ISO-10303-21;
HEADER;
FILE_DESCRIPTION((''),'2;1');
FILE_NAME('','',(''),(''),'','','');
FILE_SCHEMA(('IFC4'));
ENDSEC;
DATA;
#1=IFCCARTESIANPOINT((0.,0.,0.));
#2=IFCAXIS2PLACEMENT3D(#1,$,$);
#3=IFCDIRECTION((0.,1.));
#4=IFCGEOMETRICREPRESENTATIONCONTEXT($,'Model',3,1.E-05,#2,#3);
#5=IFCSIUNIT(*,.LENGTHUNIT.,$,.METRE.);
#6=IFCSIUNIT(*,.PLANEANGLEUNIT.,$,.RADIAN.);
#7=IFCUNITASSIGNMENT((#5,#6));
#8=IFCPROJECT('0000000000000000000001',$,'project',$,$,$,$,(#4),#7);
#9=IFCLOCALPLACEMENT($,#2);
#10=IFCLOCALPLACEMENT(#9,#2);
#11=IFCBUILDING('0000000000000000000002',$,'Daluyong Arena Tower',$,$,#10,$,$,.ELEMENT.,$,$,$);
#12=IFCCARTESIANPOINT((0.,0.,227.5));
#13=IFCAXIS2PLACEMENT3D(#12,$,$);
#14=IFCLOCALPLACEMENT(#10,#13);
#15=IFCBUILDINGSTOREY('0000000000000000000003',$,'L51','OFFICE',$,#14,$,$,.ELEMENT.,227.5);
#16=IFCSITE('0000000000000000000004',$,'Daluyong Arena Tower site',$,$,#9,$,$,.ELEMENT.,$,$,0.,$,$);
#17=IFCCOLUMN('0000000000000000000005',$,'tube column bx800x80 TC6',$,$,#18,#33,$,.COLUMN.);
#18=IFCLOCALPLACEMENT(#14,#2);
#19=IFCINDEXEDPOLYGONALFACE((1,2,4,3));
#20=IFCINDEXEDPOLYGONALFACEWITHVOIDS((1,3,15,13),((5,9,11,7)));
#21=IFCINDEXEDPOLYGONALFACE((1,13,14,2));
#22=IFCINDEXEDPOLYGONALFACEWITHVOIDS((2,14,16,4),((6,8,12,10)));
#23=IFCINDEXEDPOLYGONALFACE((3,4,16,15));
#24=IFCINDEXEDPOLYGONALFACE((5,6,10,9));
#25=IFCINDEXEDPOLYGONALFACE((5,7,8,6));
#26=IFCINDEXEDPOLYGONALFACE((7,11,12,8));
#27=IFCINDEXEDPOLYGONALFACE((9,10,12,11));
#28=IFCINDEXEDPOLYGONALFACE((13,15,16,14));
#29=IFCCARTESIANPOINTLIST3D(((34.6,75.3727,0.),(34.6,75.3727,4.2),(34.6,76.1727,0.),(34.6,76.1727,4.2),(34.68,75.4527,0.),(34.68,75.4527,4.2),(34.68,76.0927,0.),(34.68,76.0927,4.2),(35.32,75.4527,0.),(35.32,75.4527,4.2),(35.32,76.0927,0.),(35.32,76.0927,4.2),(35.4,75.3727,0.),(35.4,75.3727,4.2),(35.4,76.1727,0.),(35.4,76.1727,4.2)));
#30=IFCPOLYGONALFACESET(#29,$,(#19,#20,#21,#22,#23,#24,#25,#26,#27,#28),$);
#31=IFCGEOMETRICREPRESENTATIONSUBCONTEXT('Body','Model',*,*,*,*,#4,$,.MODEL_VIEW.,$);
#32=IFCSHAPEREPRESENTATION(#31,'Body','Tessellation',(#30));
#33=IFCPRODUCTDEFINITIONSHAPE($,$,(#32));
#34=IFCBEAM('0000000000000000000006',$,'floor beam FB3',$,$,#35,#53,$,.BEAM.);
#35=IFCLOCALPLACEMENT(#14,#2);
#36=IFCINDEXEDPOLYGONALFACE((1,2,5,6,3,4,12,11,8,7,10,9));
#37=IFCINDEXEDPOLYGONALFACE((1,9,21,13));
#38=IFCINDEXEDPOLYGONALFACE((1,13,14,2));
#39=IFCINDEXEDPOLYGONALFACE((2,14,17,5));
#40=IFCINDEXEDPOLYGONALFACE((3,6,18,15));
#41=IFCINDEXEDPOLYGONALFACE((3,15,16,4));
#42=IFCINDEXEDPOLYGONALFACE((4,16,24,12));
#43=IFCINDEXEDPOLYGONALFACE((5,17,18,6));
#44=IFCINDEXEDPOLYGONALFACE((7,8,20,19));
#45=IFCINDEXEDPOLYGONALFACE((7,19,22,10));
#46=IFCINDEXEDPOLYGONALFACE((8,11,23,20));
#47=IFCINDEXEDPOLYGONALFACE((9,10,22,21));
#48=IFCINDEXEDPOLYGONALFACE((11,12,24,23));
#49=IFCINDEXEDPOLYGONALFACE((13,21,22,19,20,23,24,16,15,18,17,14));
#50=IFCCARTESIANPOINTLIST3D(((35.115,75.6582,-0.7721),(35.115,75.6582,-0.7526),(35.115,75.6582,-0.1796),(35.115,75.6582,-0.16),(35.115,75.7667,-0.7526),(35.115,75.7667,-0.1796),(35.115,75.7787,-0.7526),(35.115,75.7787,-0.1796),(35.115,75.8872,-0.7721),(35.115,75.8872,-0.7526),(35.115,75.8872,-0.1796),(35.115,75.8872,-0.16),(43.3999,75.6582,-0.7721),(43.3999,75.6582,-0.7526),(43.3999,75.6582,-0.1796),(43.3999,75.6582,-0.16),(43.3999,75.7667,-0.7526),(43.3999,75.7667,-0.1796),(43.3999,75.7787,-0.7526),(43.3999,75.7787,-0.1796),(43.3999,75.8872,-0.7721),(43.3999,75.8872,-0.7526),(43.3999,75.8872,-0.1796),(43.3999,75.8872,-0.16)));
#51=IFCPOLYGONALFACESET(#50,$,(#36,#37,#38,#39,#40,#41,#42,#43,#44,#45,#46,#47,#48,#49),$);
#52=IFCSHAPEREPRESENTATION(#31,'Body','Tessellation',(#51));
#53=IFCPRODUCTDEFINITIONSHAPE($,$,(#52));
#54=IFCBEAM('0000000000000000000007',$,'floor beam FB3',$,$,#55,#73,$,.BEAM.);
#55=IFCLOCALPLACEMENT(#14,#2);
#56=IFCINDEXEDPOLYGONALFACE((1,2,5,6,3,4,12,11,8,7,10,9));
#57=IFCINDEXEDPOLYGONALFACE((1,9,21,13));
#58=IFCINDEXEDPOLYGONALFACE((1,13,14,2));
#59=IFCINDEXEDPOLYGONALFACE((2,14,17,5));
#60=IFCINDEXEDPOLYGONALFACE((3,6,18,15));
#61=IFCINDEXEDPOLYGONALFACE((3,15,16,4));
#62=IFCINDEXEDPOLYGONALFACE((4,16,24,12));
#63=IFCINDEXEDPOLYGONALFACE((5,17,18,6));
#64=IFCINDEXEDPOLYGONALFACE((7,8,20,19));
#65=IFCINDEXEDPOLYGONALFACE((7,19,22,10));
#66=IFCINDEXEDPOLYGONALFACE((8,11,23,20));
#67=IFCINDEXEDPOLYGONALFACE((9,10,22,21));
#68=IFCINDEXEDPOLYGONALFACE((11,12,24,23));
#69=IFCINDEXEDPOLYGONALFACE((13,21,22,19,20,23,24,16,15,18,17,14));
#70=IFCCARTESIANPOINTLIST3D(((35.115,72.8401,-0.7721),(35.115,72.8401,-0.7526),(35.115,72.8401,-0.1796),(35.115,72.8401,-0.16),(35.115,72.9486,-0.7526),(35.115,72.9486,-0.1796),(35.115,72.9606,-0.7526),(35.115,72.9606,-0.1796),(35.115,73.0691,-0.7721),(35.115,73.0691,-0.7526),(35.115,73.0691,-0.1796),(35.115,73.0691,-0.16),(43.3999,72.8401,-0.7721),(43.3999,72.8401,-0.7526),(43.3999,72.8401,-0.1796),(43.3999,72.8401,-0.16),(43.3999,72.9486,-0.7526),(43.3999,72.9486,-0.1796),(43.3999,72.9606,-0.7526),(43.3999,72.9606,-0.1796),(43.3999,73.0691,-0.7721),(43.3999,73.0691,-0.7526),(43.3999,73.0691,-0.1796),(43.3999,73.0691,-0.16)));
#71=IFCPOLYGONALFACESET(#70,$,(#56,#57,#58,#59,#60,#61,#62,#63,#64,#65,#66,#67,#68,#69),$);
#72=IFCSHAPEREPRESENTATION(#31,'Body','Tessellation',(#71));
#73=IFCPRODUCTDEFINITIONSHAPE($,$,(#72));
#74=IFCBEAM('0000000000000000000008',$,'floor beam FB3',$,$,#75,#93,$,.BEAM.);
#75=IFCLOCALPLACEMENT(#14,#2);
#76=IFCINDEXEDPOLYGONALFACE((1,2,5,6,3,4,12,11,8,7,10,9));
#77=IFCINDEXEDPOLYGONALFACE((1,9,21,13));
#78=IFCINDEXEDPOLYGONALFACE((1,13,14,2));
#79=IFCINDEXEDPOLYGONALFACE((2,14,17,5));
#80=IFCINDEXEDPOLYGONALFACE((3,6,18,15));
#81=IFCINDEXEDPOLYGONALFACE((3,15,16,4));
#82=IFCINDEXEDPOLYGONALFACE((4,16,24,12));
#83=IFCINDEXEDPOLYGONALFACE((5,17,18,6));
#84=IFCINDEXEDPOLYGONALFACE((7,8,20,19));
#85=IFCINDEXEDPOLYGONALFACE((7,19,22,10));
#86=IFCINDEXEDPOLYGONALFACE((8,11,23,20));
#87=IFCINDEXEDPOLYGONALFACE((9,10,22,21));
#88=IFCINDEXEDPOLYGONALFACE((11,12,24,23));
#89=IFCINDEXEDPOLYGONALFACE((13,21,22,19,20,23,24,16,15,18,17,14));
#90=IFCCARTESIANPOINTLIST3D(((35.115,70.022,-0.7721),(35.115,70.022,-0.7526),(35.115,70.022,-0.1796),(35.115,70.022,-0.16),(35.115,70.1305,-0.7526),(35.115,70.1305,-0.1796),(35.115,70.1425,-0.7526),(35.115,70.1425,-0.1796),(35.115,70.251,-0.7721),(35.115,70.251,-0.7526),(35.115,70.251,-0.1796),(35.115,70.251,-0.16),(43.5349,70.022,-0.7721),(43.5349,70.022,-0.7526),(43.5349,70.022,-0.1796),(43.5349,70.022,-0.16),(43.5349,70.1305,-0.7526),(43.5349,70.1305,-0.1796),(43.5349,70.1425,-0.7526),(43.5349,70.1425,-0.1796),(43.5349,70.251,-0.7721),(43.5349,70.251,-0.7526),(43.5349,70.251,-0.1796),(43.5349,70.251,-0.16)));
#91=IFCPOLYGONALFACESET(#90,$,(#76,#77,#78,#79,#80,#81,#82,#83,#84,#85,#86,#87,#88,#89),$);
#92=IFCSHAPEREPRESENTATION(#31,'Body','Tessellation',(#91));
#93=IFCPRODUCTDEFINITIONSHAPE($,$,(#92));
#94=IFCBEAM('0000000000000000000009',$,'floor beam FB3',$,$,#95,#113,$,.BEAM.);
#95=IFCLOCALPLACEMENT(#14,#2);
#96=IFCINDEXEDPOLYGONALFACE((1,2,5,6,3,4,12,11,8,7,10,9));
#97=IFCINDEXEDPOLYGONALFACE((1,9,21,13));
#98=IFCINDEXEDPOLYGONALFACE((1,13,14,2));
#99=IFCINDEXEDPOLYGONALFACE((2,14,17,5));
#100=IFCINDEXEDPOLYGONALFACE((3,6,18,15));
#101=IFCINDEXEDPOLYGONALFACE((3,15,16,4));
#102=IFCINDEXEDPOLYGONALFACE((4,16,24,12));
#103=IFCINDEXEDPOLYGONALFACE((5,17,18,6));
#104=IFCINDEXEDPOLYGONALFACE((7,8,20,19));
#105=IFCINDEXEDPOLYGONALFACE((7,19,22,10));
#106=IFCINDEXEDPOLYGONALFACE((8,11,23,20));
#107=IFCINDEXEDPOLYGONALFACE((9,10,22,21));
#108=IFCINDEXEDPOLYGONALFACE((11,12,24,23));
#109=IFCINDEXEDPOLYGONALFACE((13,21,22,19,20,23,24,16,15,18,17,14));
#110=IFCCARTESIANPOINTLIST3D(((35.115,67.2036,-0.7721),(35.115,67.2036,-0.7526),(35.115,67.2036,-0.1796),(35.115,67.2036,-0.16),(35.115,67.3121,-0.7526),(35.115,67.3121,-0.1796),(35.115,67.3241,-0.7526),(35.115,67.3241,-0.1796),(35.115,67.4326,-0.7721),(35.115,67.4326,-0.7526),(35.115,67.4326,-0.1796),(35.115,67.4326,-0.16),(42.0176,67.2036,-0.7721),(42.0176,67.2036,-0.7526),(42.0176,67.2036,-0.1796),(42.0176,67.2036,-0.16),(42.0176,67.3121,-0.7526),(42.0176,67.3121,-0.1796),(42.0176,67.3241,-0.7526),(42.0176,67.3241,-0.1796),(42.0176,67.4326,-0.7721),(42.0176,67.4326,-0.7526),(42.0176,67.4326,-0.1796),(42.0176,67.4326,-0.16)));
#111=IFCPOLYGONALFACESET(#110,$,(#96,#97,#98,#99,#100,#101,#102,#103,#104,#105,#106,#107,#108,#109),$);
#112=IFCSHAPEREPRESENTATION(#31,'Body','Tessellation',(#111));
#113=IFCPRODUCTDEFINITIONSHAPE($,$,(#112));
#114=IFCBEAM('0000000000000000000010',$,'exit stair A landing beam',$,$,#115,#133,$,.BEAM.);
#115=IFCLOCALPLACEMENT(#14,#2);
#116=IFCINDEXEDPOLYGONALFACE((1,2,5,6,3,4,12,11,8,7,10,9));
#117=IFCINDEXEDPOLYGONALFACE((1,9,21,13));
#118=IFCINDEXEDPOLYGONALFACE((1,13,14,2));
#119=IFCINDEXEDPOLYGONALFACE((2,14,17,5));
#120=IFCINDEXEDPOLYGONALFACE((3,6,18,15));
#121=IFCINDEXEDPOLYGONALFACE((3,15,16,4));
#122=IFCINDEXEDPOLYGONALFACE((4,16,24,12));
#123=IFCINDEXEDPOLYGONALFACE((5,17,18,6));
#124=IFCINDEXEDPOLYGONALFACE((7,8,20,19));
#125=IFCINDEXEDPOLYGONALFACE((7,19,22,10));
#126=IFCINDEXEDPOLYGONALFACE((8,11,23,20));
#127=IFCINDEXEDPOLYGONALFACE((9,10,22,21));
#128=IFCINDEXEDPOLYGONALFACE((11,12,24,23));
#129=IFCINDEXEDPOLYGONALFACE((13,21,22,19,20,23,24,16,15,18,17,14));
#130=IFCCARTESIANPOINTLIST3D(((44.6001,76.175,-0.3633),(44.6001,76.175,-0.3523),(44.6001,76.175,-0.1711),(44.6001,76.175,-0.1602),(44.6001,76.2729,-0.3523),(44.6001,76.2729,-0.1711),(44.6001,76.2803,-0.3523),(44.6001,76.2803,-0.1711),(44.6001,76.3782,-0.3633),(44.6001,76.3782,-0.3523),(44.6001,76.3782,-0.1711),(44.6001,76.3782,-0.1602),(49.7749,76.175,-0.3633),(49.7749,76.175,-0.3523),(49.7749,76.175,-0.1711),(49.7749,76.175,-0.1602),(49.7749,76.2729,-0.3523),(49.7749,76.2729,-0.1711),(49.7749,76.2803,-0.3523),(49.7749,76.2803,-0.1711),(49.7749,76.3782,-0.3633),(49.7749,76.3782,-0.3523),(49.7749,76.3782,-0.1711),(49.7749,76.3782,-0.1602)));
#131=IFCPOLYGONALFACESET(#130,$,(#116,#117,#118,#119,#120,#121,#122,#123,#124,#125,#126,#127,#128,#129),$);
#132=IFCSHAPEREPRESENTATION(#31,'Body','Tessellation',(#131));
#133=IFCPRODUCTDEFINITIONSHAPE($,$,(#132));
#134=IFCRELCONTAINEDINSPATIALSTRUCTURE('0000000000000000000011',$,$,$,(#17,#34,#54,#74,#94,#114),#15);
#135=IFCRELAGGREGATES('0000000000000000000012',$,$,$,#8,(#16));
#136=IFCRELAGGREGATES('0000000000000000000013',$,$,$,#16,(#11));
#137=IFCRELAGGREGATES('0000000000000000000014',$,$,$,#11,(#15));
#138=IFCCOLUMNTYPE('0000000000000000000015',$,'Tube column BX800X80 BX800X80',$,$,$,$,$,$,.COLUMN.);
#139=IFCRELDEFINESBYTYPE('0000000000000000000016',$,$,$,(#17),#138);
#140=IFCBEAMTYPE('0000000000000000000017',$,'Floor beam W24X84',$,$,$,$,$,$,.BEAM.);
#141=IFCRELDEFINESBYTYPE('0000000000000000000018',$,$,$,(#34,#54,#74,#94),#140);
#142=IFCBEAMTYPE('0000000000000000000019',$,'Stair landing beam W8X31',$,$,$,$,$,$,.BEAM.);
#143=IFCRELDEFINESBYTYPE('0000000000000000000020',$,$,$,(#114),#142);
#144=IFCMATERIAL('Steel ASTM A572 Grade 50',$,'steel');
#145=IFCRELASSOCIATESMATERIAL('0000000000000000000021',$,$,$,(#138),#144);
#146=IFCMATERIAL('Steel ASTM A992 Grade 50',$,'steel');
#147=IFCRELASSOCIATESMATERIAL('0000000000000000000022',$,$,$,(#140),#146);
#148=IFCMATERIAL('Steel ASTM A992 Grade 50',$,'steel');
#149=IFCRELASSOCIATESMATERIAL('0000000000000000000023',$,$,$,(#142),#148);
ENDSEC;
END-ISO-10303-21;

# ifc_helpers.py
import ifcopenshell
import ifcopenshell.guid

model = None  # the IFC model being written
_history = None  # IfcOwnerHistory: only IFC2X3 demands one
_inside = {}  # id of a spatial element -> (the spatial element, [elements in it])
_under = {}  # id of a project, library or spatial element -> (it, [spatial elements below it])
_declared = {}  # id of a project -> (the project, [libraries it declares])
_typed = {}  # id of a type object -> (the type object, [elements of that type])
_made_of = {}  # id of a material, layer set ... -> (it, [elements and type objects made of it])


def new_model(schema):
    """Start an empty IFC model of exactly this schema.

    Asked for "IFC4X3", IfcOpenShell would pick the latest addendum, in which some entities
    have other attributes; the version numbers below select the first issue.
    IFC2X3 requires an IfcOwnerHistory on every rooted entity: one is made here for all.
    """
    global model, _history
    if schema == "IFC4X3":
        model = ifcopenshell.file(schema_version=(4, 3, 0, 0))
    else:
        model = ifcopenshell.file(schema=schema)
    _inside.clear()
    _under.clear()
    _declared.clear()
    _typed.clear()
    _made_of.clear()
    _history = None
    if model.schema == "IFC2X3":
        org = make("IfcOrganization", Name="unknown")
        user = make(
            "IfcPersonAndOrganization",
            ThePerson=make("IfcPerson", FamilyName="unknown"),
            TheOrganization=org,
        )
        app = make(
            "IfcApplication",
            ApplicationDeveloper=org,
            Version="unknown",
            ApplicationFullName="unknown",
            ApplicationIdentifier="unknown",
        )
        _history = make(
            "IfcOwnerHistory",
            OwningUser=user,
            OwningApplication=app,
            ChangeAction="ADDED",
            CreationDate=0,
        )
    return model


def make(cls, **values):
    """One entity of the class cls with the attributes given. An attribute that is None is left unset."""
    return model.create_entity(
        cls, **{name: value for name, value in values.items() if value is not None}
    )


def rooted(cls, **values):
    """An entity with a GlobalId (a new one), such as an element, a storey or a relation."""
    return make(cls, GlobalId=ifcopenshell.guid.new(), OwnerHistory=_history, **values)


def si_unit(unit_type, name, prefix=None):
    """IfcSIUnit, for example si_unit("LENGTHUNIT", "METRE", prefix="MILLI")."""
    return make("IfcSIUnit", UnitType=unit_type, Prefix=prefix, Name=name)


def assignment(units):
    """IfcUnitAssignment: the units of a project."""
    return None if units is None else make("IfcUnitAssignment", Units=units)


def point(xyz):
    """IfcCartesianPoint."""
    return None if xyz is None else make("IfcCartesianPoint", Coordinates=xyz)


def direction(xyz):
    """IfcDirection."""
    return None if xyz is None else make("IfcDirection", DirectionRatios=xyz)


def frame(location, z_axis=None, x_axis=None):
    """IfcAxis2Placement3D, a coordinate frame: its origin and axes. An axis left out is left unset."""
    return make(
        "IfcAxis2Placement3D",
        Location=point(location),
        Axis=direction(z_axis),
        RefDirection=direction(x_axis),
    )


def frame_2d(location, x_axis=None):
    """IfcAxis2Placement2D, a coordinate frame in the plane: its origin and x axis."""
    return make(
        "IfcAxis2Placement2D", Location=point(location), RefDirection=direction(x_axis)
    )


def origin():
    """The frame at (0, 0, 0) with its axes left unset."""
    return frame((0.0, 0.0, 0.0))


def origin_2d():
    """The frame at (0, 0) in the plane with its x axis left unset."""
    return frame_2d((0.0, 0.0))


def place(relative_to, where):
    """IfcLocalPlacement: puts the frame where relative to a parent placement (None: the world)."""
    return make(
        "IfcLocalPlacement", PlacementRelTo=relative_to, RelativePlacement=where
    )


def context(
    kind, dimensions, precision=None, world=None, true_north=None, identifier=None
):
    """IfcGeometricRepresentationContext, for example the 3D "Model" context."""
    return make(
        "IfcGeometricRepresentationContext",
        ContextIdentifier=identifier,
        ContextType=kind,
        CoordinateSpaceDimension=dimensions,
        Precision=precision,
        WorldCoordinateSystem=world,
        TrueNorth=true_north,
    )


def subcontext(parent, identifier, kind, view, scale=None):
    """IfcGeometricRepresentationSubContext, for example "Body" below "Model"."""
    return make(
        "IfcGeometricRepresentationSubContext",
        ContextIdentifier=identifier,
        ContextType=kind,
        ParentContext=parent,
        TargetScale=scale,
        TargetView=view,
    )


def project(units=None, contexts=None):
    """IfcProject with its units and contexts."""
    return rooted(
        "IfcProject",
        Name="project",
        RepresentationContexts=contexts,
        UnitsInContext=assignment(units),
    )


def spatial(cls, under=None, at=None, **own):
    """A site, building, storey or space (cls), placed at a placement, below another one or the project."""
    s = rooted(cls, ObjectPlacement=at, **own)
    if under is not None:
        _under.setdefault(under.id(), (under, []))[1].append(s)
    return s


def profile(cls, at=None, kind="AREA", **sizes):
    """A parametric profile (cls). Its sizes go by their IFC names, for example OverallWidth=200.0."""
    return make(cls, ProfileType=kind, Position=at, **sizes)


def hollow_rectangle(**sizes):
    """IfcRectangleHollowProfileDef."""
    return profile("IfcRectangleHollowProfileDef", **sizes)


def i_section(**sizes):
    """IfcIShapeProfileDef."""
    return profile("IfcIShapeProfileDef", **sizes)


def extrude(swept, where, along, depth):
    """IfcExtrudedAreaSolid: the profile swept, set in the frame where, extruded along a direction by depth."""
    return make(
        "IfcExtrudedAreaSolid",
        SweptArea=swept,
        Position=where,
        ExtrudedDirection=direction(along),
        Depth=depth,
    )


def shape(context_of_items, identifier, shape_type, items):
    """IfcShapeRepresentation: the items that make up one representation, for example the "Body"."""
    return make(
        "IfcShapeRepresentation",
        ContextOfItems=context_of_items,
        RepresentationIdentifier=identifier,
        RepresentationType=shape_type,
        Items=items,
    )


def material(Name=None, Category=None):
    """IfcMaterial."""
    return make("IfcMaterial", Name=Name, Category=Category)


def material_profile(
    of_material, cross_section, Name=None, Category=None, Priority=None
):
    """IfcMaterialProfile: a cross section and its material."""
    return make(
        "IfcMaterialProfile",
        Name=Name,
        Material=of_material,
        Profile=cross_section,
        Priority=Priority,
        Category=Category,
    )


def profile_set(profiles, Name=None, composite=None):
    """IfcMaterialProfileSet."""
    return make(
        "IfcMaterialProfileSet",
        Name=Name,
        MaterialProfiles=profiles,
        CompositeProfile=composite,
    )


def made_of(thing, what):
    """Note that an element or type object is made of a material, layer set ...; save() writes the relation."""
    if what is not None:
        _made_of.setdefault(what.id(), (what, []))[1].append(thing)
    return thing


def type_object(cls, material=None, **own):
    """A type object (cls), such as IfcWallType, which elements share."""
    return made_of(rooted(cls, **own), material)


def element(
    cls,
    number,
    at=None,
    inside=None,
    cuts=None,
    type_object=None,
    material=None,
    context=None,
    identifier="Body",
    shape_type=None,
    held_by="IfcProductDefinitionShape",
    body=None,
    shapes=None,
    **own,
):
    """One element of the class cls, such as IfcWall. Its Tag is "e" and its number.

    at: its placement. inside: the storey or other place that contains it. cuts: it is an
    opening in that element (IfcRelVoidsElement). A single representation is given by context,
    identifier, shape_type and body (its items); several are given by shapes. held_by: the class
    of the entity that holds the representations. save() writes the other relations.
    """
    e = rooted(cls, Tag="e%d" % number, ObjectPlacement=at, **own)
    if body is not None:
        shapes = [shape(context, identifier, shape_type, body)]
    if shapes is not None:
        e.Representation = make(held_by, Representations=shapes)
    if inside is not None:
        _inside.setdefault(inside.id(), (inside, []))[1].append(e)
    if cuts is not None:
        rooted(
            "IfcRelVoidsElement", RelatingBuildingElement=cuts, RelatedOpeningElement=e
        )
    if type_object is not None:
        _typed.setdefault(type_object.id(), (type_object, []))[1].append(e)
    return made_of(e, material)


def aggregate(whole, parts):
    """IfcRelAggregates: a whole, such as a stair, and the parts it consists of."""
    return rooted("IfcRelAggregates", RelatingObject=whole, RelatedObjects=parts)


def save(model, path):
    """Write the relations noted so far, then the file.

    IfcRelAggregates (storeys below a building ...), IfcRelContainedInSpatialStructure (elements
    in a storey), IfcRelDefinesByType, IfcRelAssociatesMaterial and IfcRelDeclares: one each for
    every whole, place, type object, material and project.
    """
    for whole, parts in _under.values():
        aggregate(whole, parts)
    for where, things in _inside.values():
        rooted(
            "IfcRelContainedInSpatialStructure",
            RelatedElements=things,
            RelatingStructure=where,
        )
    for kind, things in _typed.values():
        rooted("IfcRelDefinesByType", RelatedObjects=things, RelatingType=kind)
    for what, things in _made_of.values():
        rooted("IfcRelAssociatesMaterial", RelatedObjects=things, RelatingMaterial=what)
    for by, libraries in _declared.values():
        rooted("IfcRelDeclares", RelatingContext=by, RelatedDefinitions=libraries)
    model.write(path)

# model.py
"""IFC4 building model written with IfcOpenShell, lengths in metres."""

from ifc_helpers import new_model, si_unit, direction, frame, origin, origin_2d, place, context, subcontext, project, spatial, hollow_rectangle, i_section, extrude, material, material_profile, profile_set, type_object, element, save


model = new_model("IFC4")

# Units and contexts
model_context = context("Model", 3, precision=1e-05, world=origin(), true_north=direction((0.0, 1.0)))
body_context = subcontext(model_context, "Body", "Model", "MODEL_VIEW")
ifc_project = project(units=[si_unit("LENGTHUNIT", "METRE"), si_unit("PLANEANGLEUNIT", "RADIAN")], contexts=[model_context])

# Site, building, storey
site_placement = place(None, origin())
site = spatial("IfcSite", under=ifc_project, at=site_placement, Name="Daluyong Arena Tower site", CompositionType="ELEMENT", RefElevation=0.0)
building_placement = place(site_placement, origin())
building = spatial("IfcBuilding", under=site, at=building_placement, Name="Daluyong Arena Tower", CompositionType="ELEMENT")
storey_placement = place(building_placement, frame((0.0, 0.0, 227.5)))
storey = spatial("IfcBuildingStorey", under=building, at=storey_placement, Name="L51", Description="OFFICE", CompositionType="ELEMENT", Elevation=227.5)

# Column
ifc_material_1 = material(Name="Steel ASTM A572 Grade 50", Category="steel")
ifc_material_profile_1 = material_profile(ifc_material_1, hollow_rectangle(XDim=0.8, YDim=0.8, WallThickness=0.08, at=origin_2d()))
ifc_profile_set_1 = profile_set([ifc_material_profile_1], Name="Steel ASTM A572 Grade 50")
column_type = type_object("IfcColumnType", Name="Tube column BX800X80 BX800X80", PredefinedType="COLUMN", material=ifc_profile_set_1)
column_placement = place(storey_placement, frame((35.0, 75.7727, 0.0), z_axis=(0.0, 0.0, 1.0), x_axis=(0.0, 1.0, 0.0)))
element("IfcColumn", 1, at=column_placement, inside=storey, type_object=column_type, Name="tube column bx800x80 TC6", PredefinedType="COLUMN", context=body_context, shape_type="SweptSolid", body=[
    extrude(hollow_rectangle(XDim=0.8, YDim=0.8, WallThickness=0.08, at=origin_2d()), origin(), (0.0, 0.0, 1.0), 4.2),
])

# Beams
ifc_material_2 = material(Name="Steel ASTM A992 Grade 50", Category="steel")
ifc_material_profile_2 = material_profile(ifc_material_2, i_section(OverallWidth=0.229, OverallDepth=0.6121, WebThickness=0.012, FlangeThickness=0.0195, at=origin_2d()))
ifc_profile_set_2 = profile_set([ifc_material_profile_2], Name="Steel ASTM A992 Grade 50")
beam_type_1 = type_object("IfcBeamType", Name="Floor beam W24X84", PredefinedType="BEAM", material=ifc_profile_set_2)
for number, where, z_axis, x_axis, name in (
    (2, (35.115, 75.7727, -0.4661), (1.0, 0.0, 0.0), (0.0, 1.0, 0.0), "floor beam FB3"),
    (3, (35.115, 72.9546, -0.4661), (1.0, 0.0, 0.0), (0.0, 1.0, 0.0), "floor beam FB3"),
):
    element("IfcBeam", number, at=place(storey_placement, frame(where, z_axis=z_axis, x_axis=x_axis)), inside=storey, type_object=beam_type_1, Name=name, PredefinedType="BEAM", context=body_context, shape_type="SweptSolid", body=[
        extrude(i_section(OverallWidth=0.229, OverallDepth=0.6121, WebThickness=0.012, FlangeThickness=0.0195, at=origin_2d()), origin(), (0.0, 0.0, 1.0), 8.2849),
    ])
beam_1_placement = place(storey_placement, frame((35.115, 70.1365, -0.4661), z_axis=(1.0, 0.0, 0.0), x_axis=(0.0, 1.0, 0.0)))
element("IfcBeam", 4, at=beam_1_placement, inside=storey, type_object=beam_type_1, Name="floor beam FB3", PredefinedType="BEAM", context=body_context, shape_type="SweptSolid", body=[
    extrude(i_section(OverallWidth=0.229, OverallDepth=0.6121, WebThickness=0.012, FlangeThickness=0.0195, at=origin_2d()), origin(), (0.0, 0.0, 1.0), 8.4199),
])
beam_2_placement = place(storey_placement, frame((35.115, 67.3181, -0.4661), z_axis=(1.0, 0.0, 0.0), x_axis=(0.0, 1.0, 0.0)))
element("IfcBeam", 5, at=beam_2_placement, inside=storey, type_object=beam_type_1, Name="floor beam FB3", PredefinedType="BEAM", context=body_context, shape_type="SweptSolid", body=[
    extrude(i_section(OverallWidth=0.229, OverallDepth=0.6121, WebThickness=0.012, FlangeThickness=0.0195, at=origin_2d()), origin(), (0.0, 0.0, 1.0), 6.9026),
])
ifc_material_3 = material(Name="Steel ASTM A992 Grade 50", Category="steel")
ifc_material_profile_3 = material_profile(ifc_material_3, i_section(OverallWidth=0.2031, OverallDepth=0.2031, WebThickness=0.0073, FlangeThickness=0.011, at=origin_2d()))
ifc_profile_set_3 = profile_set([ifc_material_profile_3], Name="Steel ASTM A992 Grade 50")
beam_type_2 = type_object("IfcBeamType", Name="Stair landing beam W8X31", PredefinedType="BEAM", material=ifc_profile_set_3)
beam_3_placement = place(storey_placement, frame((44.6001, 76.2766, -0.2617), z_axis=(1.0, 0.0, 0.0), x_axis=(0.0, 1.0, 0.0)))
element("IfcBeam", 6, at=beam_3_placement, inside=storey, type_object=beam_type_2, Name="exit stair A landing beam", PredefinedType="BEAM", context=body_context, shape_type="SweptSolid", body=[
    extrude(i_section(OverallWidth=0.2031, OverallDepth=0.2031, WebThickness=0.0073, FlangeThickness=0.011, at=origin_2d()), origin(), (0.0, 0.0, 1.0), 5.1748),
])

save(model, "model.ifc")
